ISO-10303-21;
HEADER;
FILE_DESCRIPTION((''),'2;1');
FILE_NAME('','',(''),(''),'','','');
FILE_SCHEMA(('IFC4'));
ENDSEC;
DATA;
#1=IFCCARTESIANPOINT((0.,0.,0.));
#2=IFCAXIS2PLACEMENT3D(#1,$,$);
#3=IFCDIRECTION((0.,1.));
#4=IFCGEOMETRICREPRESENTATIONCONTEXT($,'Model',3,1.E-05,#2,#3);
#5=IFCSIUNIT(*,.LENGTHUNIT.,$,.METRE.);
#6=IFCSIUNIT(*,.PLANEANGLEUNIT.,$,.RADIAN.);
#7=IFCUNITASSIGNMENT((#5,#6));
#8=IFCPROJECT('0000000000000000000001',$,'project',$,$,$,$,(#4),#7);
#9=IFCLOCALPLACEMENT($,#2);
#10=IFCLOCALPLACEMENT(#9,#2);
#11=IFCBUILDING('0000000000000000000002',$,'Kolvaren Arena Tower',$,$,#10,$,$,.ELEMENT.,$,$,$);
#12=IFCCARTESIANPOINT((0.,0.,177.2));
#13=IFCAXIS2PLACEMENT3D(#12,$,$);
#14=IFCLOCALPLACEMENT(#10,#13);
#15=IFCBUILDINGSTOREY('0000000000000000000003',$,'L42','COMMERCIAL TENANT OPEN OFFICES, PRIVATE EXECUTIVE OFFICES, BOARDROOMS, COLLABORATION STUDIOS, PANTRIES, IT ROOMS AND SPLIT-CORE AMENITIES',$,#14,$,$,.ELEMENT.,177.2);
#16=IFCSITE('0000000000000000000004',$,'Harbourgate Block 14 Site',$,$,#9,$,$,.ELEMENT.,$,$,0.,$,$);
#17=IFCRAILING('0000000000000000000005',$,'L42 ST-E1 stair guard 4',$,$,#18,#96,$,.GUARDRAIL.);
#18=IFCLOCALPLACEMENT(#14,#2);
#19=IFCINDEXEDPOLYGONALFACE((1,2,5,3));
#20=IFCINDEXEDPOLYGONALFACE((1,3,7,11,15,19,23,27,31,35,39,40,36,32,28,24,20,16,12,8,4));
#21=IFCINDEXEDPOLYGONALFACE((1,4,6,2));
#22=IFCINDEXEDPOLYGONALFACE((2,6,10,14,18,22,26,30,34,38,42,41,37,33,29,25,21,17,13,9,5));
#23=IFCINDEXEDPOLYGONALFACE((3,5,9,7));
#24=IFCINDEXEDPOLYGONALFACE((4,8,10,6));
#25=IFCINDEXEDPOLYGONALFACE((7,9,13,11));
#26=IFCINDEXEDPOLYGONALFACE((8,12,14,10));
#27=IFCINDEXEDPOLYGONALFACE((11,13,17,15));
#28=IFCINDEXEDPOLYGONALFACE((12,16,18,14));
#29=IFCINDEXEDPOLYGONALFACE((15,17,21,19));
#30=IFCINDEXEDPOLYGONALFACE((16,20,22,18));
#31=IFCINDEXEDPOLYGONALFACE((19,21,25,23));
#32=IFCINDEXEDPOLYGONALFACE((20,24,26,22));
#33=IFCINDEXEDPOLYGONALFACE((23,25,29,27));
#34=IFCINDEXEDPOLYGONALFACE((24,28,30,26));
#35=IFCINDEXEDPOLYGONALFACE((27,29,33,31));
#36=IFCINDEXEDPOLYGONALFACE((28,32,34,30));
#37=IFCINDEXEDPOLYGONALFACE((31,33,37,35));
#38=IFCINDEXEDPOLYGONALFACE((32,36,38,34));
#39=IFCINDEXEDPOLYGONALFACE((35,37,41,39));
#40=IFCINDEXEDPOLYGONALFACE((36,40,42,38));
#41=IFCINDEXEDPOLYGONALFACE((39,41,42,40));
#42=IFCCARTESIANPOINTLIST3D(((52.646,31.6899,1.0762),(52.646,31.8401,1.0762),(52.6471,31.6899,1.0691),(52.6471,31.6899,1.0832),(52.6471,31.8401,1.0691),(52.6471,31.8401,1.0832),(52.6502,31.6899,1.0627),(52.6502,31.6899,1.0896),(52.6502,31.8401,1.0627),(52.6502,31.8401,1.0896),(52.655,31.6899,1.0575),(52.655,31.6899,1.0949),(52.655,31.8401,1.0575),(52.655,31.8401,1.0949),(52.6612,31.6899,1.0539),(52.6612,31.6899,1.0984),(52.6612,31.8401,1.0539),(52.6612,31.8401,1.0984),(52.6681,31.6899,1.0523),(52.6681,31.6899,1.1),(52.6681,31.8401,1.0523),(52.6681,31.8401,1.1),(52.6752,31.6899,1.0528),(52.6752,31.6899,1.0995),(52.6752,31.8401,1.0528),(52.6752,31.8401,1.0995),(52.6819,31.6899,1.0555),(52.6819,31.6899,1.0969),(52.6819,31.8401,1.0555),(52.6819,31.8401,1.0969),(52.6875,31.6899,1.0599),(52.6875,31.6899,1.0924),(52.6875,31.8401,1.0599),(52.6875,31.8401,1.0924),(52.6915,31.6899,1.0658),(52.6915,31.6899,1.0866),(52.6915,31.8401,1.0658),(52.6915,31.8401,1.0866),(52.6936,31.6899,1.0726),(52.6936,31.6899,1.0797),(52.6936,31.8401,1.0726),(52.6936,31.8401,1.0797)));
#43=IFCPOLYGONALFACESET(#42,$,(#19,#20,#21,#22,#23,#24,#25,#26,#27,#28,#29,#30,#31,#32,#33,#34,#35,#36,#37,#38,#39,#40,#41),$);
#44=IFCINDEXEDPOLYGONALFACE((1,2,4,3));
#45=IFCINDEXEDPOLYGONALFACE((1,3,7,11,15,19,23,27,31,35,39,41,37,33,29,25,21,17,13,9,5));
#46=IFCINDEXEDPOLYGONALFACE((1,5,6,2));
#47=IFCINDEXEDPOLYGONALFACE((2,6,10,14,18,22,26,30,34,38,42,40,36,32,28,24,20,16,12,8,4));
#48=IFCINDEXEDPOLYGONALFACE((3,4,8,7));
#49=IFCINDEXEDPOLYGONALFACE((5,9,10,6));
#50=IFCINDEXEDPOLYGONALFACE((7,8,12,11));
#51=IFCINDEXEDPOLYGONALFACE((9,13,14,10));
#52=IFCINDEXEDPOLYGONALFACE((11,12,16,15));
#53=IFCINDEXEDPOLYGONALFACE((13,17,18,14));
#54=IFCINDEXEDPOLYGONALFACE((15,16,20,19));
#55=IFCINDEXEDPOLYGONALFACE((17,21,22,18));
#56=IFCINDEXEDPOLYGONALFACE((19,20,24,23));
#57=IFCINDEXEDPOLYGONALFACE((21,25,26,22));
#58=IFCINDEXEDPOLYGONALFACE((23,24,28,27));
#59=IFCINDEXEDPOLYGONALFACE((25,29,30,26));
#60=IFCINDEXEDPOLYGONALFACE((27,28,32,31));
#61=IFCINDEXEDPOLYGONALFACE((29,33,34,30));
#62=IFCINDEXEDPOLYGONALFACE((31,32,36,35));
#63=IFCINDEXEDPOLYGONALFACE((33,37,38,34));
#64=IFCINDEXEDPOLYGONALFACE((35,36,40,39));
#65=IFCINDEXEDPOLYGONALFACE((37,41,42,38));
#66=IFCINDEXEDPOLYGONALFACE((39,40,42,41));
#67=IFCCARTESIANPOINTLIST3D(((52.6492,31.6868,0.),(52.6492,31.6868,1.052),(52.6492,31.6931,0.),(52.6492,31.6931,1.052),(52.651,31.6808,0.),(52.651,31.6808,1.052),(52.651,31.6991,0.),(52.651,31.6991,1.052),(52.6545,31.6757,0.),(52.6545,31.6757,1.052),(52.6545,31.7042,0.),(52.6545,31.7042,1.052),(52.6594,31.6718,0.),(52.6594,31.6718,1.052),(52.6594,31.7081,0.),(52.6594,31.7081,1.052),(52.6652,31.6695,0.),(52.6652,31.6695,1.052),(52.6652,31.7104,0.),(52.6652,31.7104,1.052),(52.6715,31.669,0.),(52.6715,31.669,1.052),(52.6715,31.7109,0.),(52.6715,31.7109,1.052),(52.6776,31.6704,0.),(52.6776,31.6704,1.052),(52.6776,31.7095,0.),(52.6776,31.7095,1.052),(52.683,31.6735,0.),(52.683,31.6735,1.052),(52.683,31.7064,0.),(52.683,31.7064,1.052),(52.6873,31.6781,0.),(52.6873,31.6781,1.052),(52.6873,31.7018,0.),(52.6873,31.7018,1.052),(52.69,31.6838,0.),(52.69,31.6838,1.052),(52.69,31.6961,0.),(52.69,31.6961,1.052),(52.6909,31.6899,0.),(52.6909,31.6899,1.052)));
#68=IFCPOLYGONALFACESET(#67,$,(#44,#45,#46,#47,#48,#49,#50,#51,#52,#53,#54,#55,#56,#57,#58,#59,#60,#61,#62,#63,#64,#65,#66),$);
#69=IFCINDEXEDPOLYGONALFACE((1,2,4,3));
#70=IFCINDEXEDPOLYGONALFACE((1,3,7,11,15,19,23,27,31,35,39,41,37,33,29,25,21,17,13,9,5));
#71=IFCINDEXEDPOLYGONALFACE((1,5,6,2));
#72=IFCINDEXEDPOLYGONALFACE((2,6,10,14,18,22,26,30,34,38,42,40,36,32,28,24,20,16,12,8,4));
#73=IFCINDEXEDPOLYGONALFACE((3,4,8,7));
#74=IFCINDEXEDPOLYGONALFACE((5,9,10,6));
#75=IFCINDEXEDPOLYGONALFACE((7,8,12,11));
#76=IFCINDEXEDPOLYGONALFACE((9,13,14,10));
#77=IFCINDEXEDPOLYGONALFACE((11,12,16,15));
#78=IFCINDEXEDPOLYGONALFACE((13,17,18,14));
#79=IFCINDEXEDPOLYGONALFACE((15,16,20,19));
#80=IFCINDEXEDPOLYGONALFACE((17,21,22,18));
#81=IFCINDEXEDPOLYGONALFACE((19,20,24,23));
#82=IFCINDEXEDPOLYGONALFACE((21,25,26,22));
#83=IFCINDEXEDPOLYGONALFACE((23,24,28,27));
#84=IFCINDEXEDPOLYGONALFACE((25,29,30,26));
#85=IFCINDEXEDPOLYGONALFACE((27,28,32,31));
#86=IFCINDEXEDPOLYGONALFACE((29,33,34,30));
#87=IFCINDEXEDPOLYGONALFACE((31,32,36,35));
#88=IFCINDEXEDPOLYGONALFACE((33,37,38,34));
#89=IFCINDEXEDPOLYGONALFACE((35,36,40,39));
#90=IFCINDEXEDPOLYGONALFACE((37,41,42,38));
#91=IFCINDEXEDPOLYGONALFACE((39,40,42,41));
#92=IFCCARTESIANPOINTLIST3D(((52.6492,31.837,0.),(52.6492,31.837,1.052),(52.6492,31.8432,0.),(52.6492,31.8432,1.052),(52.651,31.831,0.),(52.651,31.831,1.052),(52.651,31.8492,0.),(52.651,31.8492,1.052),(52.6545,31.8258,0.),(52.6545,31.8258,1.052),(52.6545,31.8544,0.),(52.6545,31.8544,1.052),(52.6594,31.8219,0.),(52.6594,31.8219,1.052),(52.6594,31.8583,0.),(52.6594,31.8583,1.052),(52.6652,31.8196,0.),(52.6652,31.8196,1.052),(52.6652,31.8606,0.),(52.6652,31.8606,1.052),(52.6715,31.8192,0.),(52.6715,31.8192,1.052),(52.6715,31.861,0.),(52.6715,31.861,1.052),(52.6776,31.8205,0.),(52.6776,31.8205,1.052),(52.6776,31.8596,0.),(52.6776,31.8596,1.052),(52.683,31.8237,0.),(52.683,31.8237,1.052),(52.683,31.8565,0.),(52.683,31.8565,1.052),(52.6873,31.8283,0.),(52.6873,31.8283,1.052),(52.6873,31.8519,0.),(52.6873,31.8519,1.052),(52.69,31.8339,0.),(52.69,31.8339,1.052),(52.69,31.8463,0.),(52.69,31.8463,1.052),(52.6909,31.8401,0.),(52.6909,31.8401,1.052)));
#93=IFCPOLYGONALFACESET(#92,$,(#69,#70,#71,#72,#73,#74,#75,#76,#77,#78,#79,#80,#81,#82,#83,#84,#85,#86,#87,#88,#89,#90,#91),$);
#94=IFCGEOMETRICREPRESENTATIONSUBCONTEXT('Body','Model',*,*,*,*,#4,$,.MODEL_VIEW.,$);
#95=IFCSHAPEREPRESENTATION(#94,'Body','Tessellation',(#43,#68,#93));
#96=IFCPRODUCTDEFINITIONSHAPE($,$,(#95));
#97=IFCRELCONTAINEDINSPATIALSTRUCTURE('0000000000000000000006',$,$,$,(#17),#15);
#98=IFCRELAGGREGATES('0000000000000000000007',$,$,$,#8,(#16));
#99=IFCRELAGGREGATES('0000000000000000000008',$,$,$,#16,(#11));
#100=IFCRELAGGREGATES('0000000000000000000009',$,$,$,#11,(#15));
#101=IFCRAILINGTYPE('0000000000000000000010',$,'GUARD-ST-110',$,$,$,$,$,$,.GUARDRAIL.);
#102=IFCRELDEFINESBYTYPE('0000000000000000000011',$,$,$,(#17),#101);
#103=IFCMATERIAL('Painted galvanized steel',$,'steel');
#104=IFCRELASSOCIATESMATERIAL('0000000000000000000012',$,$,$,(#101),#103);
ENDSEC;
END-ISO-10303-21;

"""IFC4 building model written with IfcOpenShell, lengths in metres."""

from ifc_helpers import new_model, si_unit, direction, frame, origin, origin_2d, place, context, subcontext, project, spatial, circle, extrude, material, type_object, element, save


model = new_model("IFC4")

# Units and contexts
model_context = context("Model", 3, precision=1e-05, world=origin(), true_north=direction((0.0, 1.0)))
body_context = subcontext(model_context, "Body", "Model", "MODEL_VIEW")
ifc_project = project(units=[si_unit("LENGTHUNIT", "METRE"), si_unit("PLANEANGLEUNIT", "RADIAN")], contexts=[model_context])

# Site, building, storey
site_placement = place(None, origin())
site = spatial("IfcSite", under=ifc_project, at=site_placement, Name="Harbourgate Block 14 Site", CompositionType="ELEMENT", RefElevation=0.0)
building_placement = place(site_placement, origin())
building = spatial("IfcBuilding", under=site, at=building_placement, Name="Kolvaren Arena Tower", CompositionType="ELEMENT")
storey_placement = place(building_placement, frame((0.0, 0.0, 177.2)))
storey = spatial("IfcBuildingStorey", under=building, at=storey_placement, Name="L42", Description="COMMERCIAL TENANT OPEN OFFICES, PRIVATE EXECUTIVE OFFICES, BOARDROOMS, COLLABORATION STUDIOS, PANTRIES, IT ROOMS AND SPLIT-CORE AMENITIES", CompositionType="ELEMENT", Elevation=177.2)

# Railing
ifc_material_1 = material(Name="Painted galvanized steel", Category="steel")
railing_type_1 = type_object("IfcRailingType", Name="GUARD-ST-110", PredefinedType="GUARDRAIL", material=ifc_material_1)
railing_1_placement = place(storey_placement, frame((52.6699, 31.6899, 0.0)))
element("IfcRailing", 1, at=railing_1_placement, inside=storey, type_object=railing_type_1, Name="L42 ST-E1 stair guard 4", PredefinedType="GUARDRAIL", context=body_context, shape_type="SweptSolid", body=[
    extrude(circle(Radius=0.0239, at=origin_2d()), frame((0.0, 0.0, 1.0762), z_axis=(0.0, 1.0, 0.0), x_axis=(-1.0, 0.0, 0.0)), (0.0, 0.0, 1.0), 0.1501),
    extrude(circle(Radius=0.021, at=origin_2d()), origin(), (0.0, 0.0, 1.0), 1.052),
    extrude(circle(Radius=0.021, at=origin_2d()), frame((0.0, 0.1501, 0.0)), (0.0, 0.0, 1.0), 1.052),
])

save(model, "model.ifc")
